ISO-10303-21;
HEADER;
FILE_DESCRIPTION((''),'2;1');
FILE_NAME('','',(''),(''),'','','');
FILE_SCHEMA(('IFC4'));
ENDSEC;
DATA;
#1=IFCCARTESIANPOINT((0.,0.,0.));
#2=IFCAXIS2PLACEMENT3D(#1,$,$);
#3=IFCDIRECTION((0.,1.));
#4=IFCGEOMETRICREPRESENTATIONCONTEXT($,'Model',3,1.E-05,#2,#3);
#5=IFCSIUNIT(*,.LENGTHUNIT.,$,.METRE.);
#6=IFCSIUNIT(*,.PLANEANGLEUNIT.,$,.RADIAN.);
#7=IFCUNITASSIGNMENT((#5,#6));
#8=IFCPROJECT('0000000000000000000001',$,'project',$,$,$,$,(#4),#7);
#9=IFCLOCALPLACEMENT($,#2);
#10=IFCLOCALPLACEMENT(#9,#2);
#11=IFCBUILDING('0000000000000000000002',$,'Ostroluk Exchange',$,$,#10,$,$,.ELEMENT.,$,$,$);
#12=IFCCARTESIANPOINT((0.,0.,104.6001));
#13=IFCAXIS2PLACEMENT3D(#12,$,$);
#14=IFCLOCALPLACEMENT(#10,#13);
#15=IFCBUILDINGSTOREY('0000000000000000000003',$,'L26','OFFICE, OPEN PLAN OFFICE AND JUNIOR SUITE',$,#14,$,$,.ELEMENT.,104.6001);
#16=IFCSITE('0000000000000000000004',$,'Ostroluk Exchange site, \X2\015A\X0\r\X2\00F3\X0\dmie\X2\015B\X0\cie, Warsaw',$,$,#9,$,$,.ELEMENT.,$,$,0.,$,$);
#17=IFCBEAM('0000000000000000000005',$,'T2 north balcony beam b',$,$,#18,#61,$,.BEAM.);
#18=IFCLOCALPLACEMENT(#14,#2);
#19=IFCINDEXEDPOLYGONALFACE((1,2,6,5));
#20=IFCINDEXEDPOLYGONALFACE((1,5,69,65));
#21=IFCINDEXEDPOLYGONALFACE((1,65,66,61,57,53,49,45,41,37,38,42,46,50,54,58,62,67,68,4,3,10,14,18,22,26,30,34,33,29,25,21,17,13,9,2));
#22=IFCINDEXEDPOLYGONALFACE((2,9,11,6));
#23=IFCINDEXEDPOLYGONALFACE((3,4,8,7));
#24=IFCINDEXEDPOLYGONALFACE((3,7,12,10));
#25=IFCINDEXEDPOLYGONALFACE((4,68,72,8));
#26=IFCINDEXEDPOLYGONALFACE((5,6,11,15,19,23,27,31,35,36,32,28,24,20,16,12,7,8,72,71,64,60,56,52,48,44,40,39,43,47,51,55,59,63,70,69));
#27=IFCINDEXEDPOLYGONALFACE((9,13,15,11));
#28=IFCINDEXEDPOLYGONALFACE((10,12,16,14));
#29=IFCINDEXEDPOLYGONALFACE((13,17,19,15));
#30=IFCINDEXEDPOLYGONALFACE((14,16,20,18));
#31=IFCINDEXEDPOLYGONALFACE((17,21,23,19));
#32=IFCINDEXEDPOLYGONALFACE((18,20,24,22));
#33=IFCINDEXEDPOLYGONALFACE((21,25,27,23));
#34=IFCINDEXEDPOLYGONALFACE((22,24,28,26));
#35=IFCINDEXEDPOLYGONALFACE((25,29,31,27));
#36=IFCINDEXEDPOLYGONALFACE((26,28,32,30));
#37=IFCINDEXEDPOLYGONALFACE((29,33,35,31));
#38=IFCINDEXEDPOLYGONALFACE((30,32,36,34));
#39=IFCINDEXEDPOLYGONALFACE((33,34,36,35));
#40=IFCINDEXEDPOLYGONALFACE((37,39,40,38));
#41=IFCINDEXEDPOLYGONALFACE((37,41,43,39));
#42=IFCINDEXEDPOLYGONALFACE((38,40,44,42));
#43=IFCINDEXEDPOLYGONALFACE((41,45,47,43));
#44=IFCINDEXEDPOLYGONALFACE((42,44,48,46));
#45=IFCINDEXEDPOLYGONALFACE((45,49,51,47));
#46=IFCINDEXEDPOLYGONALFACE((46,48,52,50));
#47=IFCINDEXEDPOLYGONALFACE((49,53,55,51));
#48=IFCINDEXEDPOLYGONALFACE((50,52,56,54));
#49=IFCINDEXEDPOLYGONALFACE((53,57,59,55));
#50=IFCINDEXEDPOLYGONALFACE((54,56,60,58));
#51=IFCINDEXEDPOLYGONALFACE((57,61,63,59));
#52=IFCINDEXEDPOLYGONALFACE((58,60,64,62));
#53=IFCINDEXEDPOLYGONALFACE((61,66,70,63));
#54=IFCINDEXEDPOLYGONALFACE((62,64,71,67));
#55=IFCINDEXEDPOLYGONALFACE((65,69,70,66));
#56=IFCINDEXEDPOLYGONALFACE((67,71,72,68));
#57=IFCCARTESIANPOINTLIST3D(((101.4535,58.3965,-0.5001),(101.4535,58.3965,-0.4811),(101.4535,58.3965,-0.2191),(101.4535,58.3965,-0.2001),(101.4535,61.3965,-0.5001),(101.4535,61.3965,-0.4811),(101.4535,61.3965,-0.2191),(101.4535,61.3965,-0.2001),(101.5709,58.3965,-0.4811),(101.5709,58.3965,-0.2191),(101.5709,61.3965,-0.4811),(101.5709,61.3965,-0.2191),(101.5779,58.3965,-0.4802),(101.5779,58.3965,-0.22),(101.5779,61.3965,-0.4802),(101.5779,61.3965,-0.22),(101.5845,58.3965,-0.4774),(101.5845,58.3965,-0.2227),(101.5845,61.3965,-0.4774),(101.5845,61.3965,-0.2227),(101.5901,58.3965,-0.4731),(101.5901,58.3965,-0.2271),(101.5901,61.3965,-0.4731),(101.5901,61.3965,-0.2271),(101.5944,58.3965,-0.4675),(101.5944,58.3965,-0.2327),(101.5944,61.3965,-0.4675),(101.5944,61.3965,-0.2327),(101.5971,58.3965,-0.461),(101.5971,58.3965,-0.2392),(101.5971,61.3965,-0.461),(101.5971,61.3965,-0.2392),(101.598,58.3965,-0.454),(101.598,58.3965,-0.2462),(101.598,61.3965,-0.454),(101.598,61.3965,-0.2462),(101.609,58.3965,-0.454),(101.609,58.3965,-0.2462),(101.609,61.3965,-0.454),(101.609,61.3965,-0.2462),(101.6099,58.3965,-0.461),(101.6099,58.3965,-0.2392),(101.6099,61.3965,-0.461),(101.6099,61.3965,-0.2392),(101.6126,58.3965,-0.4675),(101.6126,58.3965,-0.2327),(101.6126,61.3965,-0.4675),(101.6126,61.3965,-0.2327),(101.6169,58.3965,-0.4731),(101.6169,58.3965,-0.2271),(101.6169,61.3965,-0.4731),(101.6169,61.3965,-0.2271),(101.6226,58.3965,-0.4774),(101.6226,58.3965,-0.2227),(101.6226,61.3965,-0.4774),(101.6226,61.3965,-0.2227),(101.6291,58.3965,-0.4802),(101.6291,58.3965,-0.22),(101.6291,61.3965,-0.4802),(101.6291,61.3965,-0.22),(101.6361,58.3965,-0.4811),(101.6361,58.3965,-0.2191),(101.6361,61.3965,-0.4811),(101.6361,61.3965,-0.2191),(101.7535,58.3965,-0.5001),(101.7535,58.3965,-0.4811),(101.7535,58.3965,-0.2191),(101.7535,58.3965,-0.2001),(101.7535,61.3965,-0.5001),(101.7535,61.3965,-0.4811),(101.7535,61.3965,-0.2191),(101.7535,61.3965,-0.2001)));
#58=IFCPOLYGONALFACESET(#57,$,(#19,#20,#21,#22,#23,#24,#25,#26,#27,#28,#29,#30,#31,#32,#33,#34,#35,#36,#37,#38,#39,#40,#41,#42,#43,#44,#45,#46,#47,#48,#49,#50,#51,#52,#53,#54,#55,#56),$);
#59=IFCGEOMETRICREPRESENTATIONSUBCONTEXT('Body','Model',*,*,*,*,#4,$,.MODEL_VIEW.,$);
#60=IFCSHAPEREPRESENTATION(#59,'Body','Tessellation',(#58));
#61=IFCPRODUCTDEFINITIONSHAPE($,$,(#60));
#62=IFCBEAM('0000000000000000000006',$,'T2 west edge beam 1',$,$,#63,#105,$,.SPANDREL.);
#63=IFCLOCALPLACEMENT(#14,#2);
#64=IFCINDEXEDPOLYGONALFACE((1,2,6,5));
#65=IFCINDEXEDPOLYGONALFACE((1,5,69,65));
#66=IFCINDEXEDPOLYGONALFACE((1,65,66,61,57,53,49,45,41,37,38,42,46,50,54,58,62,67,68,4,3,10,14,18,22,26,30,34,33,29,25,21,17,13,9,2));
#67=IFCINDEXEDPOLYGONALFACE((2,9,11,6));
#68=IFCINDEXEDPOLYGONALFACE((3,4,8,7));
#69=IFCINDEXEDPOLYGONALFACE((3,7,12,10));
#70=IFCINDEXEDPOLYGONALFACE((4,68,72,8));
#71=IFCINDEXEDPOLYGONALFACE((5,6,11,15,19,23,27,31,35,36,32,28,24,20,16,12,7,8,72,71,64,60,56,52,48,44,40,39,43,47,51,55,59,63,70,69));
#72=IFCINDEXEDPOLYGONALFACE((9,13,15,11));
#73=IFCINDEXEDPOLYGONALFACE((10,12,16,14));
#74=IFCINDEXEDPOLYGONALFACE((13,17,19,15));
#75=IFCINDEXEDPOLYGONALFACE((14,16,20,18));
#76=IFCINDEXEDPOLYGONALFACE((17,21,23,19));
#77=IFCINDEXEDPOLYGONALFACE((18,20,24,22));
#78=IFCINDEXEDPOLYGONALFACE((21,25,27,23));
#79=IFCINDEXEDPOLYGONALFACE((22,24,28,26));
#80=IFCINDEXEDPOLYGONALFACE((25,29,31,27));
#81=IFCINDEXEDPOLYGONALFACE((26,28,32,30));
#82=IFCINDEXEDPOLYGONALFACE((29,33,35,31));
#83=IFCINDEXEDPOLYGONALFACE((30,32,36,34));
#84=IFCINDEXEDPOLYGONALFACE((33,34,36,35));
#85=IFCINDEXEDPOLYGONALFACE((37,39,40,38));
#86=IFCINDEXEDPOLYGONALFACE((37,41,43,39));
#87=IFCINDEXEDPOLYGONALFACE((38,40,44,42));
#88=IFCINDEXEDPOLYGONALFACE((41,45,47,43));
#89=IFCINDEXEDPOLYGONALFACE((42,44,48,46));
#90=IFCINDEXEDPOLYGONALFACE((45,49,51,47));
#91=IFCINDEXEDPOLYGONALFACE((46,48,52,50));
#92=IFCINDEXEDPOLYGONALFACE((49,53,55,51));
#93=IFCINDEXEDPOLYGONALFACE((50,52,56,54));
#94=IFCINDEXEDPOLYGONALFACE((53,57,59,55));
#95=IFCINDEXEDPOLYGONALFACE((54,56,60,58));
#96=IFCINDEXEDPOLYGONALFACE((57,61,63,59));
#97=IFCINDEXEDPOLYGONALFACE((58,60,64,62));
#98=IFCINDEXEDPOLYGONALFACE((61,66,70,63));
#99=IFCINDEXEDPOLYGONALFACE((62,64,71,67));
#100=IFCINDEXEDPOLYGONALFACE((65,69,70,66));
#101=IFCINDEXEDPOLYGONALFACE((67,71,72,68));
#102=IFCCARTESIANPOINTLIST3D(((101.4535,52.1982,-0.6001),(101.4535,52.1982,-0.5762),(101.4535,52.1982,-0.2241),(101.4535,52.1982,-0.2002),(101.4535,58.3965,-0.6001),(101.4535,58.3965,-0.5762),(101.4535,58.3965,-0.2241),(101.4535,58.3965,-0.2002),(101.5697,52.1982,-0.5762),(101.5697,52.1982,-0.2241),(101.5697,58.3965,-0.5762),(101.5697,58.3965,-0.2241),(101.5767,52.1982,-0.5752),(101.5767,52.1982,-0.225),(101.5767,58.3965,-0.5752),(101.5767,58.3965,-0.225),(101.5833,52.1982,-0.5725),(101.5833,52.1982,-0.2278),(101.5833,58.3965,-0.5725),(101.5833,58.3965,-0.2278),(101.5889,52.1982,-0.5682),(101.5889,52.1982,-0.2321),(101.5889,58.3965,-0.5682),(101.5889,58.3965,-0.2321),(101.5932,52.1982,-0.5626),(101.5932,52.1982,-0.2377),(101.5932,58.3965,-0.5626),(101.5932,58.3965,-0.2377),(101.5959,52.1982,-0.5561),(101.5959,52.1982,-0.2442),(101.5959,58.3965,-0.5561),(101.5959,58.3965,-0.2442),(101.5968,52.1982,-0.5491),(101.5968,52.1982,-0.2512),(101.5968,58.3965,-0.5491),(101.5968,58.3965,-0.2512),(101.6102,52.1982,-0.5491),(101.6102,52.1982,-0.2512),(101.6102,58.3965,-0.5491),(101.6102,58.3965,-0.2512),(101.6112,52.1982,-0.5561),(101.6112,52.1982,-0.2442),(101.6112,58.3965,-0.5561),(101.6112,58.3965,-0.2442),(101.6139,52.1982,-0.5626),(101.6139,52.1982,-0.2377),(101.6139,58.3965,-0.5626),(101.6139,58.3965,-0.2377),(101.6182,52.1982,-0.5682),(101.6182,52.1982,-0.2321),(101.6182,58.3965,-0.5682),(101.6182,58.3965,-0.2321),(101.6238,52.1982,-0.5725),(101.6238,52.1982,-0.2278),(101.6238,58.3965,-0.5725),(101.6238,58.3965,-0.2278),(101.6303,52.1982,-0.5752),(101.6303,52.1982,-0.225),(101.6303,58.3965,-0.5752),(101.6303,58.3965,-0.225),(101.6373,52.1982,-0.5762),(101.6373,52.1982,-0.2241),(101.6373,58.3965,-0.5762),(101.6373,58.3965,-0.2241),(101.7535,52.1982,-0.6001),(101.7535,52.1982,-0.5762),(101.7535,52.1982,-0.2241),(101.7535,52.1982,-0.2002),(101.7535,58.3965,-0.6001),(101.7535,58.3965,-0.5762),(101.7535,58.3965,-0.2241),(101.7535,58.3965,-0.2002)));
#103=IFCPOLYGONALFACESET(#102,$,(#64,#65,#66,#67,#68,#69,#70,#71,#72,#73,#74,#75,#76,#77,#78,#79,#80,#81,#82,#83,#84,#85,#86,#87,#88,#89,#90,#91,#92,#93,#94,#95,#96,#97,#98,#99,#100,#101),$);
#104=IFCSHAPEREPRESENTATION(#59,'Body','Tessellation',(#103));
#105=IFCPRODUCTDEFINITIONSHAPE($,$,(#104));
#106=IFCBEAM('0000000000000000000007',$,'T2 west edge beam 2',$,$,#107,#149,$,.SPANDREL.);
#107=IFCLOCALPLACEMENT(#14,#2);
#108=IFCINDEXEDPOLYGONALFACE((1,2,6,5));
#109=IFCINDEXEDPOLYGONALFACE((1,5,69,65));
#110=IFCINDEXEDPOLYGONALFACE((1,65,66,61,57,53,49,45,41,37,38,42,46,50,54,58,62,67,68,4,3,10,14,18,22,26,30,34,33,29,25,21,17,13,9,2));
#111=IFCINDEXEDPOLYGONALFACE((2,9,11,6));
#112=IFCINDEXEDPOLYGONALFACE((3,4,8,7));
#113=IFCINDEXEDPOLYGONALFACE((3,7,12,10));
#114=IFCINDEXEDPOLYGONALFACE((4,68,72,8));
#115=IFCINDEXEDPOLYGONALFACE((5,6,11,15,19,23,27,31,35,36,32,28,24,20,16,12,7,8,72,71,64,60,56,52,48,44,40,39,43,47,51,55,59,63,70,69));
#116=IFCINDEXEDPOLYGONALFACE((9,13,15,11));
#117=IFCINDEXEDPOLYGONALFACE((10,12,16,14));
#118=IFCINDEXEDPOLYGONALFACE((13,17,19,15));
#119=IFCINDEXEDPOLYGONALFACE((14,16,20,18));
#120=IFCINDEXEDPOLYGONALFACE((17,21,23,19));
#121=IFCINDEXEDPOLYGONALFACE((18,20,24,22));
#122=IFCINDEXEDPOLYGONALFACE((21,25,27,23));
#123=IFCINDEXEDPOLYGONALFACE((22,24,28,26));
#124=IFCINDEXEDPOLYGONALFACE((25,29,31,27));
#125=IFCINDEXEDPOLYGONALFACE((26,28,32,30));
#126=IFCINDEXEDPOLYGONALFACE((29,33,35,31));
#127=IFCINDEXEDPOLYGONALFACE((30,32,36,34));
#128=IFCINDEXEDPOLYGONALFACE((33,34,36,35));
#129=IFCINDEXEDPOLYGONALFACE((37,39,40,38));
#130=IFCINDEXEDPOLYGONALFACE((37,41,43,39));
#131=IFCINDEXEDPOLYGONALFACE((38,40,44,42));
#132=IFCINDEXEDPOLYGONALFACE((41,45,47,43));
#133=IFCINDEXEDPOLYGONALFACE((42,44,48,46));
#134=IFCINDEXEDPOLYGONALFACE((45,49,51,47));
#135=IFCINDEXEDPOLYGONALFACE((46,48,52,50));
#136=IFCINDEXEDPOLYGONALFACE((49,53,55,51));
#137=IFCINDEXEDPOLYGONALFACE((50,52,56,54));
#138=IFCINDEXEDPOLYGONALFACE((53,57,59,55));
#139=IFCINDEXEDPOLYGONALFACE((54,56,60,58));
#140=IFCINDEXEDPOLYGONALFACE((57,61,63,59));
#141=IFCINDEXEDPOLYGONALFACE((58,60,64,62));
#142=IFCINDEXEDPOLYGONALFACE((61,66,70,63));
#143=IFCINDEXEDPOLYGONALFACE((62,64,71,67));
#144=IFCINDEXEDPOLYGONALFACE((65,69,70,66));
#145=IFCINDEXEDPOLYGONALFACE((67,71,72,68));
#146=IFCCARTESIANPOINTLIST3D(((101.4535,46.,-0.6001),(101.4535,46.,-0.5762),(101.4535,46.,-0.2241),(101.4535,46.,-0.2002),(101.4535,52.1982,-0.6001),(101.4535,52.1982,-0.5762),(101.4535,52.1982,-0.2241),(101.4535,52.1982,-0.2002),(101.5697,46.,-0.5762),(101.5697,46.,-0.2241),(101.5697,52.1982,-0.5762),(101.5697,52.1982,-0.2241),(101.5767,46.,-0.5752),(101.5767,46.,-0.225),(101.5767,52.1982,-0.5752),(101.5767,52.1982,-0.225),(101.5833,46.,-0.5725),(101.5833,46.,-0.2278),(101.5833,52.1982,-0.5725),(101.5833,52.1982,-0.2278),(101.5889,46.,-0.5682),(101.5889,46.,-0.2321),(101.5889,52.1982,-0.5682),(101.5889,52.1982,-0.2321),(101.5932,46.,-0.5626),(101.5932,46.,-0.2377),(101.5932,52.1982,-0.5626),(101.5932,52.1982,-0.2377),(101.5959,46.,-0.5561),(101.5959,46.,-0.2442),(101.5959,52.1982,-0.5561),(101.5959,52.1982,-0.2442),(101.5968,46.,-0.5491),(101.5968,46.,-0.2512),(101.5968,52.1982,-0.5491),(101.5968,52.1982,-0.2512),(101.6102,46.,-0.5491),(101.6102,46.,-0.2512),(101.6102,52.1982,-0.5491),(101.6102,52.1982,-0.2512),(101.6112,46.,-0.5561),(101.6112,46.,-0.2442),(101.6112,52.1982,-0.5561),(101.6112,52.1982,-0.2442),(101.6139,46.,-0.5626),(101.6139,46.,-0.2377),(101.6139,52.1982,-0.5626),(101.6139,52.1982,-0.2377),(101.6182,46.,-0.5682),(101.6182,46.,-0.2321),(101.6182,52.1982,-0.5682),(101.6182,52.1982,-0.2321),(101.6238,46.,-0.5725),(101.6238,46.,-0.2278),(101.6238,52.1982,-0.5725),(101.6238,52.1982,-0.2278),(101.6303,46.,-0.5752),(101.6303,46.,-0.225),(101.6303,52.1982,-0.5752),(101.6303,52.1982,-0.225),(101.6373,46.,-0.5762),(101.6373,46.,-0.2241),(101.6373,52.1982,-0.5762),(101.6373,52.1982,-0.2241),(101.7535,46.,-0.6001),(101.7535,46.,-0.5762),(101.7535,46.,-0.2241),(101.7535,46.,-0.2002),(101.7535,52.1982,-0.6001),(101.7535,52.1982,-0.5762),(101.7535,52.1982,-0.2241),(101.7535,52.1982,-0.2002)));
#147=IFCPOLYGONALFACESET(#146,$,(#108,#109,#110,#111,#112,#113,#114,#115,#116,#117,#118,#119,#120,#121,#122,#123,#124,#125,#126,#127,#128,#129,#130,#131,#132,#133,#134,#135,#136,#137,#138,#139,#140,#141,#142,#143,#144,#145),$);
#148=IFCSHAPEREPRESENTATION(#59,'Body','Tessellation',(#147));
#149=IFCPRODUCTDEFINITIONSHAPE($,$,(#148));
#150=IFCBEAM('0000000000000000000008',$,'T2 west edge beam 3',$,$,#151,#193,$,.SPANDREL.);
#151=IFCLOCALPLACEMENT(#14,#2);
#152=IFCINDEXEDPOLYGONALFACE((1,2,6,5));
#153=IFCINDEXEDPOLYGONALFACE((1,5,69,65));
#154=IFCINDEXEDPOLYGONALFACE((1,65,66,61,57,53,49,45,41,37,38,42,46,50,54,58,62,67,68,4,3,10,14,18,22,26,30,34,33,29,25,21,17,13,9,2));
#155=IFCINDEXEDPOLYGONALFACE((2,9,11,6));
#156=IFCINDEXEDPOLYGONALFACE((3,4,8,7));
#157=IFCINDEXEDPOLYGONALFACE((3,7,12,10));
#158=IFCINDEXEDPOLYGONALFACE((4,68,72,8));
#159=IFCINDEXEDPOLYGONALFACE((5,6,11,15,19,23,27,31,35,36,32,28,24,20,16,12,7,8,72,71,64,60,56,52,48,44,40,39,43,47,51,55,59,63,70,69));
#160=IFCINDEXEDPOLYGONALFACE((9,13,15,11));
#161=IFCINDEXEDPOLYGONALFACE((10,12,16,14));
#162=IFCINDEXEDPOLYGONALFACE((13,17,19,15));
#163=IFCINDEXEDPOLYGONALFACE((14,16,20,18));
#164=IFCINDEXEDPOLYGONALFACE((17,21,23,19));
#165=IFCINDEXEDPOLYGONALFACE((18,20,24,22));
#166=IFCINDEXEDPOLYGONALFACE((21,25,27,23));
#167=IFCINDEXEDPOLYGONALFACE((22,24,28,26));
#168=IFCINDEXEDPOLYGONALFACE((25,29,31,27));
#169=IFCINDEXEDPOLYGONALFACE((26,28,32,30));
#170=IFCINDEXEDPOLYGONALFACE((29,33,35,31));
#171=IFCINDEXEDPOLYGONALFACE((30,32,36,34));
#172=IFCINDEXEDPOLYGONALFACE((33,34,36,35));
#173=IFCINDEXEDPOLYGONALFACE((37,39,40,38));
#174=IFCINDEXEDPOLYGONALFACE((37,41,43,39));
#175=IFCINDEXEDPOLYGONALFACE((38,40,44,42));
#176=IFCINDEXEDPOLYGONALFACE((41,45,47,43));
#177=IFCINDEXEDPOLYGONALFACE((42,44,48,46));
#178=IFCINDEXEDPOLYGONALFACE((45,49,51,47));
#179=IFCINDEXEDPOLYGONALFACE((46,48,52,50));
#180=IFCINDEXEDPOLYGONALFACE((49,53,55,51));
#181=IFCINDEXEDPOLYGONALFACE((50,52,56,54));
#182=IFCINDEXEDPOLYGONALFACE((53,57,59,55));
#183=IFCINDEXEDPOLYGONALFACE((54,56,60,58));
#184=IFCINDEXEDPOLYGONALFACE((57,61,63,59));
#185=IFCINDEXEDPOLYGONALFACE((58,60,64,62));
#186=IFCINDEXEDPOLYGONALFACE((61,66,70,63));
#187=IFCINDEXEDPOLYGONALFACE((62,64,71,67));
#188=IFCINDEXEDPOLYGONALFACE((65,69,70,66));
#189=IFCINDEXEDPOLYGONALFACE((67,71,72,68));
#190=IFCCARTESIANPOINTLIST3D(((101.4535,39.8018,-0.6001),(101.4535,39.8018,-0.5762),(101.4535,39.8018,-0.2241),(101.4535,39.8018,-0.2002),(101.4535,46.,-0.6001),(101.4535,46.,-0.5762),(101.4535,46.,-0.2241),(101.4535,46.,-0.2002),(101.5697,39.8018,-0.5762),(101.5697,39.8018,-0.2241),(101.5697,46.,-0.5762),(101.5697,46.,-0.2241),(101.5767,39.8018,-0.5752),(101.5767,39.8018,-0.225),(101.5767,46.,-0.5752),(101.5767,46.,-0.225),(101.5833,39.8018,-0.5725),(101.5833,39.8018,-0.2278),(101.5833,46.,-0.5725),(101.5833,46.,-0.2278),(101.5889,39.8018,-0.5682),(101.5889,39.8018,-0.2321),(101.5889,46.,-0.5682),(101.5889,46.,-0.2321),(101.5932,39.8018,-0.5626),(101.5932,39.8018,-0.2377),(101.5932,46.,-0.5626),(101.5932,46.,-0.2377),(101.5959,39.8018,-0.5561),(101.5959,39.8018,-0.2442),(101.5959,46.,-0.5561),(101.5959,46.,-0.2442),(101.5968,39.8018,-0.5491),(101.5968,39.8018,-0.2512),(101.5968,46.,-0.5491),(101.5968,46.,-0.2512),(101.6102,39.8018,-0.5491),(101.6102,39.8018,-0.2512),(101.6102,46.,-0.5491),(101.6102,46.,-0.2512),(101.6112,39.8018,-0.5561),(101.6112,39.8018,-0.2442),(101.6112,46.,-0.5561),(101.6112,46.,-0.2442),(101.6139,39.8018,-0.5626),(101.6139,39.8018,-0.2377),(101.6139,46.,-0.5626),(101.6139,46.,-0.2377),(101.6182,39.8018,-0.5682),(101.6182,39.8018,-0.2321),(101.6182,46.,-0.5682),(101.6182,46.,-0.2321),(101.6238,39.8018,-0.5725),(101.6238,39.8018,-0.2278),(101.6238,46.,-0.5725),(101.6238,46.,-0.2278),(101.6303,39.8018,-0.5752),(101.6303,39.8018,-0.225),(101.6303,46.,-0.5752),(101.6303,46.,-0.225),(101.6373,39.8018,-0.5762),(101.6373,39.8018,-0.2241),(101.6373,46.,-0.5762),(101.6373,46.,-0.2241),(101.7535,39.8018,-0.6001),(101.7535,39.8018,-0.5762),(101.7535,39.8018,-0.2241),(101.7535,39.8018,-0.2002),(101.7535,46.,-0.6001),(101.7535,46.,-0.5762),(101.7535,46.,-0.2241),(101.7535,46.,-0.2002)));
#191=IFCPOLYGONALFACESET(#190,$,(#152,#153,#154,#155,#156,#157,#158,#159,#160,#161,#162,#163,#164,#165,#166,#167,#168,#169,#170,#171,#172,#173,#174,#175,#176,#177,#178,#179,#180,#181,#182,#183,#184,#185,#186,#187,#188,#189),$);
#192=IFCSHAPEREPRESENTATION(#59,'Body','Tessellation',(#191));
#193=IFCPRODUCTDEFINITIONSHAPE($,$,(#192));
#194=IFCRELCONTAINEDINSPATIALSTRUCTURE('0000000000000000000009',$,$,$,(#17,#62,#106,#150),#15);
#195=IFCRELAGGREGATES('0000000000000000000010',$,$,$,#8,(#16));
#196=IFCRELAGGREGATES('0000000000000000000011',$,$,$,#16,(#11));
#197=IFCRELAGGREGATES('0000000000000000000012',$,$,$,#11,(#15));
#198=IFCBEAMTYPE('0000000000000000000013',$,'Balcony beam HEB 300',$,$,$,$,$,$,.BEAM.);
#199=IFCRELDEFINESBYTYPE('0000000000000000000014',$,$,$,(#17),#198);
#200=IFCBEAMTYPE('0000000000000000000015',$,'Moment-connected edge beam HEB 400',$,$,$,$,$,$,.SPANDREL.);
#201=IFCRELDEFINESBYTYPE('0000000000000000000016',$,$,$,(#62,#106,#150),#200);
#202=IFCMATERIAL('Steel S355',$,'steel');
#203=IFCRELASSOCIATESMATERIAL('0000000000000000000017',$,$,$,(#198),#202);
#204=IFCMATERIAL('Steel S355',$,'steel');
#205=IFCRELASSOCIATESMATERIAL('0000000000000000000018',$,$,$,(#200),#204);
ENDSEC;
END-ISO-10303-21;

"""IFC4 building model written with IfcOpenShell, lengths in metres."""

from ifc_helpers import new_model, si_unit, direction, frame, origin, origin_2d, place, context, subcontext, project, spatial, i_section, extrude, material, material_profile, profile_set, type_object, element, save


model = new_model("IFC4")

# Units and contexts
model_context = context("Model", 3, precision=1e-05, world=origin(), true_north=direction((0.0, 1.0)))
body_context = subcontext(model_context, "Body", "Model", "MODEL_VIEW")
ifc_project = project(units=[si_unit("LENGTHUNIT", "METRE"), si_unit("PLANEANGLEUNIT", "RADIAN")], contexts=[model_context])

# Site, building, storey
site_placement = place(None, origin())
site = spatial("IfcSite", under=ifc_project, at=site_placement, Name="Ostroluk Exchange site, Śródmieście, Warsaw", CompositionType="ELEMENT", RefElevation=0.0)
building_placement = place(site_placement, origin())
building = spatial("IfcBuilding", under=site, at=building_placement, Name="Ostroluk Exchange", CompositionType="ELEMENT")
storey_placement = place(building_placement, frame((0.0, 0.0, 104.6001)))
storey = spatial("IfcBuildingStorey", under=building, at=storey_placement, Name="L26", Description="OFFICE, OPEN PLAN OFFICE AND JUNIOR SUITE", CompositionType="ELEMENT", Elevation=104.6001)

# Beams
ifc_material_1 = material(Name="Steel S355", Category="steel")
ifc_material_profile_1 = material_profile(ifc_material_1, i_section(OverallWidth=0.3, OverallDepth=0.3, WebThickness=0.011, FlangeThickness=0.019, FilletRadius=0.0271, at=origin_2d()), Name="HEB 300")
ifc_profile_set_1 = profile_set([ifc_material_profile_1], Name="Steel S355")
beam_type_1 = type_object("IfcBeamType", Name="Balcony beam HEB 300", PredefinedType="BEAM", material=ifc_profile_set_1)
for number, where, z_axis, x_axis, name in (
    (1, (101.6035, 58.3965, -0.3501), (0.0, 1.0, 0.0), (-1.0, 0.0, 0.0), "T2 north balcony beam b"),
):
    element("IfcBeam", number, at=place(storey_placement, frame(where, z_axis=z_axis, x_axis=x_axis)), inside=storey, type_object=beam_type_1, Name=name, PredefinedType="BEAM", context=body_context, shape_type="SweptSolid", body=[
        extrude(i_section(OverallWidth=0.3, OverallDepth=0.3, WebThickness=0.011, FlangeThickness=0.019, FilletRadius=0.0271, at=origin_2d()), origin(), (0.0, 0.0, 1.0), 3.0),
    ])
ifc_material_2 = material(Name="Steel S355", Category="steel")
ifc_material_profile_2 = material_profile(ifc_material_2, i_section(OverallWidth=0.3, OverallDepth=0.3999, WebThickness=0.0134, FlangeThickness=0.0239, FilletRadius=0.0271, at=origin_2d()), Name="HEB 400")
ifc_profile_set_2 = profile_set([ifc_material_profile_2], Name="Steel S355")
beam_type_2 = type_object("IfcBeamType", Name="Moment-connected edge beam HEB 400", PredefinedType="SPANDREL", material=ifc_profile_set_2)
for number, where, z_axis, x_axis, name in (
    (2, (101.6035, 58.3965, -0.4001), (0.0, -1.0, 0.0), (1.0, 0.0, 0.0), "T2 west edge beam 1"),
    (3, (101.6035, 52.1982, -0.4001), (0.0, -1.0, 0.0), (1.0, 0.0, 0.0), "T2 west edge beam 2"),
    (4, (101.6035, 46.0, -0.4001), (0.0, -1.0, 0.0), (1.0, 0.0, 0.0), "T2 west edge beam 3"),
):
    element("IfcBeam", number, at=place(storey_placement, frame(where, z_axis=z_axis, x_axis=x_axis)), inside=storey, type_object=beam_type_2, Name=name, PredefinedType="SPANDREL", context=body_context, shape_type="SweptSolid", body=[
        extrude(i_section(OverallWidth=0.3, OverallDepth=0.3999, WebThickness=0.0134, FlangeThickness=0.0239, FilletRadius=0.0271, at=origin_2d()), origin(), (0.0, 0.0, 1.0), 6.1982),
    ])

save(model, "model.ifc")
